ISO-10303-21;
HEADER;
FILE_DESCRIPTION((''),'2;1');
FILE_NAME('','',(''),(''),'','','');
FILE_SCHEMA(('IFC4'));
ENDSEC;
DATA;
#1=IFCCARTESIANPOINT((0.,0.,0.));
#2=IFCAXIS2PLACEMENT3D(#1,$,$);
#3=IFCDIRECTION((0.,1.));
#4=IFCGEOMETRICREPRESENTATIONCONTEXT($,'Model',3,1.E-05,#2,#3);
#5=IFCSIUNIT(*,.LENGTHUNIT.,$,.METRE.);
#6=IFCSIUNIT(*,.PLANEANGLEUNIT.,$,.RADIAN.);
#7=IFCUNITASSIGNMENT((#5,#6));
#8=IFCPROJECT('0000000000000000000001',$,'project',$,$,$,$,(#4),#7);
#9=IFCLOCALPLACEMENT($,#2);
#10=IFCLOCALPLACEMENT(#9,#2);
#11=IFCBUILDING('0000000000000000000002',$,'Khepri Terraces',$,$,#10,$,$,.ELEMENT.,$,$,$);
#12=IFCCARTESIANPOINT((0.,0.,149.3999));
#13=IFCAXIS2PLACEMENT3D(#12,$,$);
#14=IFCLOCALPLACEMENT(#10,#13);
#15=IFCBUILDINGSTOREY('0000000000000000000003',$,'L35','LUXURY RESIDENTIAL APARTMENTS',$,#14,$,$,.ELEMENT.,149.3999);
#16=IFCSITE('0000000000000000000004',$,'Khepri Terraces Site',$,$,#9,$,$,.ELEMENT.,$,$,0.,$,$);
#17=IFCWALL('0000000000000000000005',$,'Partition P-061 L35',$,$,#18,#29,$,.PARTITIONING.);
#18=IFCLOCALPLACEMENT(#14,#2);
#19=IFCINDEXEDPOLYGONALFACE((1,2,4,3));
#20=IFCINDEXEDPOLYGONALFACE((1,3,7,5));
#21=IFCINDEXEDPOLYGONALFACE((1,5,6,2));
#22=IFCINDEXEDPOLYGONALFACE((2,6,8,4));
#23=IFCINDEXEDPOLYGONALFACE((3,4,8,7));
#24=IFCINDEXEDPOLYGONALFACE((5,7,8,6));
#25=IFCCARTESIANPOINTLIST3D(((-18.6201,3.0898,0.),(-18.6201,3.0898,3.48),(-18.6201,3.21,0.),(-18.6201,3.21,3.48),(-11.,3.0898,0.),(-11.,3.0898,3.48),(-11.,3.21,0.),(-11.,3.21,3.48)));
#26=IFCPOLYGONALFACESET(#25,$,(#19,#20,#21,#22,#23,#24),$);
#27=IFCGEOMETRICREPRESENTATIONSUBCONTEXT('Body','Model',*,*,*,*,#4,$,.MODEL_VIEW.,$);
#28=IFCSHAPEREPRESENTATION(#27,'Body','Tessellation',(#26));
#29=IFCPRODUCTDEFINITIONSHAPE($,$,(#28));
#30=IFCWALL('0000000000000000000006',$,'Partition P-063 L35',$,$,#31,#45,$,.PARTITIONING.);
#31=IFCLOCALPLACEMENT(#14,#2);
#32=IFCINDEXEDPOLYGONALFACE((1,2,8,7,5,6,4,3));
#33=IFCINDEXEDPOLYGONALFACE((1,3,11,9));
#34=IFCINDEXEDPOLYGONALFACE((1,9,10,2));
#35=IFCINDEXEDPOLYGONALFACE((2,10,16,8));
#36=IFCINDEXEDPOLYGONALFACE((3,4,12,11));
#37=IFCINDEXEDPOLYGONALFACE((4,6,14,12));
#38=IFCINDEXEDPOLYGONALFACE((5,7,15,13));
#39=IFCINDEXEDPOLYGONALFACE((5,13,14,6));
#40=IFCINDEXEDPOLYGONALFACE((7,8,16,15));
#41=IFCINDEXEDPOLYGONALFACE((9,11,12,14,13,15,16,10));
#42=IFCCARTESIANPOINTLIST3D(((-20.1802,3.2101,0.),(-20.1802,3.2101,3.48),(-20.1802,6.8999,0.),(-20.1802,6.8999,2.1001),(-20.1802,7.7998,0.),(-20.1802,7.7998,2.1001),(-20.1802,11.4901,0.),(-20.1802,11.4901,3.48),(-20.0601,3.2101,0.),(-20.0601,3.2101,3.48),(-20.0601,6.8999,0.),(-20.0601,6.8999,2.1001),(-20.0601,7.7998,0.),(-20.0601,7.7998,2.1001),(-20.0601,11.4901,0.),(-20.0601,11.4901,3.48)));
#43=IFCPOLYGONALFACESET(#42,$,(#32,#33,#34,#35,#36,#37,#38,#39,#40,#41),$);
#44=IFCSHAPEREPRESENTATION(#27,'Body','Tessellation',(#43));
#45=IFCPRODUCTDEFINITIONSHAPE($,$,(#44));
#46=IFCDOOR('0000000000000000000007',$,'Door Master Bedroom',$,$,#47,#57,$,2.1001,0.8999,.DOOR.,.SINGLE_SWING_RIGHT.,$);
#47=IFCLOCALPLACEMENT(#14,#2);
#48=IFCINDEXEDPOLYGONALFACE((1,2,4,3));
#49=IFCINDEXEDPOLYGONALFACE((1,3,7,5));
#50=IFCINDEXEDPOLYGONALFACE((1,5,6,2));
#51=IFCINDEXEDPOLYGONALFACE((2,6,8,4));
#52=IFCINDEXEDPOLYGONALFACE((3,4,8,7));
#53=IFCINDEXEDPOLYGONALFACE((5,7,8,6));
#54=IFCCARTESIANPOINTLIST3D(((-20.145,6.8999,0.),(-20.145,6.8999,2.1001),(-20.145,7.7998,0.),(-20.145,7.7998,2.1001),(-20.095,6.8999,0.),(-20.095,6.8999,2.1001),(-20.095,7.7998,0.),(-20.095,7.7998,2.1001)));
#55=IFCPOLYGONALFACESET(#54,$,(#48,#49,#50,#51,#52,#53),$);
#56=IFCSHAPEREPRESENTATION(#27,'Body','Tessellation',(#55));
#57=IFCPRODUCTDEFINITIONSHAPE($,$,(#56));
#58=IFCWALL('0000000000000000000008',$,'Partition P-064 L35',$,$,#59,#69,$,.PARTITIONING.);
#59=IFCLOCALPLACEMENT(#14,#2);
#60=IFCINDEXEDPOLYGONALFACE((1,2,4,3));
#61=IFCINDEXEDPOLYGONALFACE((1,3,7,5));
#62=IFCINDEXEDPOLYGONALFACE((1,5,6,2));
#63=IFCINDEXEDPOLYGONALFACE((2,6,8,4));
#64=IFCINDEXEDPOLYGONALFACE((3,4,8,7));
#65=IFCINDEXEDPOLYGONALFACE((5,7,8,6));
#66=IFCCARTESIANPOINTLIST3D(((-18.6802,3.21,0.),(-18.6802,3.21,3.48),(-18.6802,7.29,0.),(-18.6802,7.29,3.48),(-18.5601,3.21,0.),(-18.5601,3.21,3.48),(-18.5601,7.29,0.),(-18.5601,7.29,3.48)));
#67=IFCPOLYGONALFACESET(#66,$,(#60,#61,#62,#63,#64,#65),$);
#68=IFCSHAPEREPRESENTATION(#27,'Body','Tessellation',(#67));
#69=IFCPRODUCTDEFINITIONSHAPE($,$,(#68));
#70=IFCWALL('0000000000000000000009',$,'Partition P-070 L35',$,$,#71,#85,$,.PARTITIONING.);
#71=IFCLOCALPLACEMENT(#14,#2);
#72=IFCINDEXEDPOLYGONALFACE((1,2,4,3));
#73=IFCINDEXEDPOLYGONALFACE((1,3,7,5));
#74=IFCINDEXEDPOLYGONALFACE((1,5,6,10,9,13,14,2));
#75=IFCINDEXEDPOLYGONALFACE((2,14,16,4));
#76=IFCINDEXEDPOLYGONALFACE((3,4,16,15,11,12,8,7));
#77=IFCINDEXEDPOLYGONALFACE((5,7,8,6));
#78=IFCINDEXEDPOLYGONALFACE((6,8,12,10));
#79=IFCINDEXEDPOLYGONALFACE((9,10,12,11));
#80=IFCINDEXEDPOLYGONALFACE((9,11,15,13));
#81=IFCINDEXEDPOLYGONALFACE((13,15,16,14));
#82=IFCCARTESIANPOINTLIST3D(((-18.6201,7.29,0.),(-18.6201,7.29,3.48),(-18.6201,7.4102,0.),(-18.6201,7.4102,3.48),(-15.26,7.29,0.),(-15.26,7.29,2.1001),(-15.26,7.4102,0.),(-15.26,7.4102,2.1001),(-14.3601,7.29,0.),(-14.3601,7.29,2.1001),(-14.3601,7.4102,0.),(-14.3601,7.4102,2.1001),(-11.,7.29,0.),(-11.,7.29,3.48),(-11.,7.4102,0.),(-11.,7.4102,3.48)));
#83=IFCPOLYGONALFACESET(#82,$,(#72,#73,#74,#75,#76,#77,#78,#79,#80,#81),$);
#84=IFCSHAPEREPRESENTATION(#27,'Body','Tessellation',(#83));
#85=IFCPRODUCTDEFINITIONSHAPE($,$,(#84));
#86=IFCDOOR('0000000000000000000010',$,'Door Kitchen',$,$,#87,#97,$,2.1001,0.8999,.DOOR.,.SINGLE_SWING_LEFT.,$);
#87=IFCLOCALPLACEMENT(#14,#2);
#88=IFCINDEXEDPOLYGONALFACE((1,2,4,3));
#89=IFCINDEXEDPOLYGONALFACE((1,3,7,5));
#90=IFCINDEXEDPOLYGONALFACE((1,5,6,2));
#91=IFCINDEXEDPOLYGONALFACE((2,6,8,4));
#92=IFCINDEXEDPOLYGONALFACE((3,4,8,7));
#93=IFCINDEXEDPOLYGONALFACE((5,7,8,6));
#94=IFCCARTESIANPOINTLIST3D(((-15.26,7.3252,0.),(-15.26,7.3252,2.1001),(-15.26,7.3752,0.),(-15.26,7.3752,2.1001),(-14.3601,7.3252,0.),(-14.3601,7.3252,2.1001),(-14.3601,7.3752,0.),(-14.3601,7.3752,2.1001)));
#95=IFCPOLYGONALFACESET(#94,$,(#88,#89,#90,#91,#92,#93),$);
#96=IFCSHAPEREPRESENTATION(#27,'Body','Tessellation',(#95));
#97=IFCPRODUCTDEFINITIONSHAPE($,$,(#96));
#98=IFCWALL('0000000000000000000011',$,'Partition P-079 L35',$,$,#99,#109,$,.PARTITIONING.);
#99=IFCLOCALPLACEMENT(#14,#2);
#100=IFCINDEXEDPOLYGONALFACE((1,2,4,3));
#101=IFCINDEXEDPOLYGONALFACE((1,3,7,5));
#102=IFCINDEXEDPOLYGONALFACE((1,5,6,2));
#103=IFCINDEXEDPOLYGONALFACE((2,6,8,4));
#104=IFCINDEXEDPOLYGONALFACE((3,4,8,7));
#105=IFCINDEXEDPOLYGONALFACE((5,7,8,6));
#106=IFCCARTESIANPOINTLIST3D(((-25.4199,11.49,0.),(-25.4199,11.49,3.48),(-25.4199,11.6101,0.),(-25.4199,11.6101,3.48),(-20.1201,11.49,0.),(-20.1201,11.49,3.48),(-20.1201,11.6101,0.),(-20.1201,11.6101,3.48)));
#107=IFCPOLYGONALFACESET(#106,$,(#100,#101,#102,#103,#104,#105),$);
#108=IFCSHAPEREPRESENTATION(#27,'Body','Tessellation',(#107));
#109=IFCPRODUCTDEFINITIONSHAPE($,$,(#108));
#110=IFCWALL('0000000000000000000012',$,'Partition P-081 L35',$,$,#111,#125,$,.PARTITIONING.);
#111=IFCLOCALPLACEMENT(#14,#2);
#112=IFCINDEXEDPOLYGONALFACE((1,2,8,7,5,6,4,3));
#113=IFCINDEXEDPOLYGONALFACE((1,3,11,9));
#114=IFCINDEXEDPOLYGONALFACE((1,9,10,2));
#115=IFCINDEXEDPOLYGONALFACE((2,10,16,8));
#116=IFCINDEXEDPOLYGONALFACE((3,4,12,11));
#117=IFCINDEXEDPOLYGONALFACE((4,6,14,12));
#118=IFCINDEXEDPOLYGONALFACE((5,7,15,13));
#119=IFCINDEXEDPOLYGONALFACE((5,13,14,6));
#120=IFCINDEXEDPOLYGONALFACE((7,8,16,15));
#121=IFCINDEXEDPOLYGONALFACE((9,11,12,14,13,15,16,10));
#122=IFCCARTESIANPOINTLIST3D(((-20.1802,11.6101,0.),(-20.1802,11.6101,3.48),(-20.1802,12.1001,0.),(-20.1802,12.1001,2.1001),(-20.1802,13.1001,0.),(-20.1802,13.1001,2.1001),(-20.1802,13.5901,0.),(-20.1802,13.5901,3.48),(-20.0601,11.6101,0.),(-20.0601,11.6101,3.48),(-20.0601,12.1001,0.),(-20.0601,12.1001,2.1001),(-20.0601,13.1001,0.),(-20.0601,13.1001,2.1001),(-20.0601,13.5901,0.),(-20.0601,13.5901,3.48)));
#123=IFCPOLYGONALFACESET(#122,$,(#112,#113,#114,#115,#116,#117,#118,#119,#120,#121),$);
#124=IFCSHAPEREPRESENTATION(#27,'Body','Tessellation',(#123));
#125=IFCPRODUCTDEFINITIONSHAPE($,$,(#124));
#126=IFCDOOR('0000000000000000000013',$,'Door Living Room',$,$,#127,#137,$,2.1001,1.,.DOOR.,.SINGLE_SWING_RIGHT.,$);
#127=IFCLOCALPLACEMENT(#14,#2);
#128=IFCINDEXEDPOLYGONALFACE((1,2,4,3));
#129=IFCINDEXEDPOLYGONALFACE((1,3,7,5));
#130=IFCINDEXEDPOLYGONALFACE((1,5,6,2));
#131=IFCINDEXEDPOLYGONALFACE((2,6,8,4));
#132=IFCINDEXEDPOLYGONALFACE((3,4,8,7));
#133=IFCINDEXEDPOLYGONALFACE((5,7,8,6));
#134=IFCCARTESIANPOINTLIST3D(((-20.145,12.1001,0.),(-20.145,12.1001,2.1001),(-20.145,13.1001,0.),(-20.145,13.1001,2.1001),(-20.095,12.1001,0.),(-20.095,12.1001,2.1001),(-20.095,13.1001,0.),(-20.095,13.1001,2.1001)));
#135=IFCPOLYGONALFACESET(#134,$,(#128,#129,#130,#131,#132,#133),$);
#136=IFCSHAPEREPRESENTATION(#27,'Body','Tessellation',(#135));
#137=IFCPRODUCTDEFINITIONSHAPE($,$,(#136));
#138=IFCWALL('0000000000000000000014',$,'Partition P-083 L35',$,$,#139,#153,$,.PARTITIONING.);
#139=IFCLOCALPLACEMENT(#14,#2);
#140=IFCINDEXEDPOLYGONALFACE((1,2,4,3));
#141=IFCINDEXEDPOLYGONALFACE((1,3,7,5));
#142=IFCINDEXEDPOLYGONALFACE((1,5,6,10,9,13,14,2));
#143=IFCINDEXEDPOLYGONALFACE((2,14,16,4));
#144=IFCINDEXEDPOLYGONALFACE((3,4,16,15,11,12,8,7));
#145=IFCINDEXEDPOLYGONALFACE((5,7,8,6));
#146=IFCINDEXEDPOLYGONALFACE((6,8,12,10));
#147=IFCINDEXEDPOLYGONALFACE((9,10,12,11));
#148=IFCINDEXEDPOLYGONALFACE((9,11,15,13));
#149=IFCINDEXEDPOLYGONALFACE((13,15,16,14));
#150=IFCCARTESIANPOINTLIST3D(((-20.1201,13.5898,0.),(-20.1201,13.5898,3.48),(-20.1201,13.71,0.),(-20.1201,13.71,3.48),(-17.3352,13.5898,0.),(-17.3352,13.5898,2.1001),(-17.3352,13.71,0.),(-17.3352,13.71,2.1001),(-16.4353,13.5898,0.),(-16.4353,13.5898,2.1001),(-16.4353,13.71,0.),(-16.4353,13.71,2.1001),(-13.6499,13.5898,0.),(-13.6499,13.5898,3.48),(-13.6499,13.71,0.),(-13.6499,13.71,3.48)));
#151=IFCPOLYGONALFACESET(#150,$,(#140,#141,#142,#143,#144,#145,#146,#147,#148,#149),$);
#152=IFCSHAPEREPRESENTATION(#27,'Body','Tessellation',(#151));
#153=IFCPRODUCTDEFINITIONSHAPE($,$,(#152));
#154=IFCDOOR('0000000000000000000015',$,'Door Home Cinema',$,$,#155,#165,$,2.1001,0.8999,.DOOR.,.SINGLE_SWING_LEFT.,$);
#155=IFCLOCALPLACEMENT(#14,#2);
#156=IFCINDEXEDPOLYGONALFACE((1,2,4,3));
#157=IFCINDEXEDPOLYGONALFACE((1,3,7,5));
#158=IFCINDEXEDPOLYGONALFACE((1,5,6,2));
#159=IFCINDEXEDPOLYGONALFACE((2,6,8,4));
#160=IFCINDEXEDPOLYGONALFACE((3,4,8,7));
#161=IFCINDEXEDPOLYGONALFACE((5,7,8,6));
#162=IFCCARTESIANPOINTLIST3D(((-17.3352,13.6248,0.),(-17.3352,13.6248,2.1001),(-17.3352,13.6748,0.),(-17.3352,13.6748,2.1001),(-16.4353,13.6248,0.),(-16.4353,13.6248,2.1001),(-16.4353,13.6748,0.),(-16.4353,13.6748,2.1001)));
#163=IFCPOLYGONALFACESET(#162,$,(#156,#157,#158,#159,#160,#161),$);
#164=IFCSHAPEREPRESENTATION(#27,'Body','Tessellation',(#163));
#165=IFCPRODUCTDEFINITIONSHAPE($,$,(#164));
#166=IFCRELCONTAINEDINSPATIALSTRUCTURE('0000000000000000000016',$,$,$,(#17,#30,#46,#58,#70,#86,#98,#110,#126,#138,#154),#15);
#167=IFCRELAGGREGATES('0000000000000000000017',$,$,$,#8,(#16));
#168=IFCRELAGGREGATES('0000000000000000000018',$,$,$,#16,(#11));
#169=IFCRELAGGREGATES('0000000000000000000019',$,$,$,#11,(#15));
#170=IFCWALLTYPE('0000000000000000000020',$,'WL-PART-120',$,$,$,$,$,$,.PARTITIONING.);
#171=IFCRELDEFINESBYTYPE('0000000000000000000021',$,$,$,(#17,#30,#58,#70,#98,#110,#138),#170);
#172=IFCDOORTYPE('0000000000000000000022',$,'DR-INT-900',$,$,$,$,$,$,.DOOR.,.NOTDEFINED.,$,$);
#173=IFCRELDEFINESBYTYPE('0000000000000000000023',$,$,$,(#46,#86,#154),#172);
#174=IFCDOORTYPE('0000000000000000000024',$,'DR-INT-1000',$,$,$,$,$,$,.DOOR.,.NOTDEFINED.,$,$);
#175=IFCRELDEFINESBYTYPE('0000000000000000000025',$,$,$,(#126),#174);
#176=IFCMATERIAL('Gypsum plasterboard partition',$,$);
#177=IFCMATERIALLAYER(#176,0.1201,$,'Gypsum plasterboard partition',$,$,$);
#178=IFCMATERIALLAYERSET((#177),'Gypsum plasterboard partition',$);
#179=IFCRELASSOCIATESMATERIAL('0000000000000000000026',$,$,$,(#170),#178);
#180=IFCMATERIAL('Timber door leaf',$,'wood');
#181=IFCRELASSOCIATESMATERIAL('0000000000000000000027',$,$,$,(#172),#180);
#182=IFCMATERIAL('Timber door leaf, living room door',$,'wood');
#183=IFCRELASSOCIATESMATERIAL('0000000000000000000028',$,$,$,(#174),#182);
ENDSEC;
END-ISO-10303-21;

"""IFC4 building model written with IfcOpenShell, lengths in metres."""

from ifc_helpers import new_model, si_unit, direction, frame, frame_2d, origin, place, context, subcontext, project, spatial, rectangle, extrude, material, layer, layer_set, type_object, element, fill, save


model = new_model("IFC4")

# Units and contexts
model_context = context("Model", 3, precision=1e-05, world=origin(), true_north=direction((0.0, 1.0)))
body_context = subcontext(model_context, "Body", "Model", "MODEL_VIEW")
ifc_project = project(units=[si_unit("LENGTHUNIT", "METRE"), si_unit("PLANEANGLEUNIT", "RADIAN")], contexts=[model_context])

# Site, building, storey
site_placement = place(None, origin())
site = spatial("IfcSite", under=ifc_project, at=site_placement, Name="Khepri Terraces Site", CompositionType="ELEMENT", RefElevation=0.0)
building_placement = place(site_placement, origin())
building = spatial("IfcBuilding", under=site, at=building_placement, Name="Khepri Terraces", CompositionType="ELEMENT")
storey_placement = place(building_placement, frame((0.0, 0.0, 149.3999)))
storey = spatial("IfcBuildingStorey", under=building, at=storey_placement, Name="L35", Description="LUXURY RESIDENTIAL APARTMENTS", CompositionType="ELEMENT", Elevation=149.3999)

# Shared definitions
ifc_material_1 = material(Name="Gypsum plasterboard partition")
ifc_layer_1 = layer(ifc_material_1, 0.1201, Name="Gypsum plasterboard partition")
ifc_layer_set_1 = layer_set([ifc_layer_1], Name="Gypsum plasterboard partition")
wall_type_1 = type_object("IfcWallType", Name="WL-PART-120", PredefinedType="PARTITIONING", material=ifc_layer_set_1)

# Shared definitions
ifc_material_2 = material(Name="Timber door leaf", Category="wood")
door_type_1 = type_object("IfcDoorType", Name="DR-INT-900", OperationType="NOTDEFINED", PredefinedType="DOOR", material=ifc_material_2)

# Wall
wall_1_placement = place(storey_placement, frame((-18.6201, 3.1499, 0.0), z_axis=(0.0, 0.0, 1.0), x_axis=(1.0, 0.0, 0.0)))
element("IfcWall", 1, at=wall_1_placement, inside=storey, type_object=wall_type_1, Name="Partition P-061 L35", PredefinedType="PARTITIONING", context=body_context, shape_type="SweptSolid", body=[
    extrude(rectangle(XDim=7.6201, YDim=0.1201, at=frame_2d((3.8101, 0.0))), origin(), (0.0, 0.0, 1.0), 3.48),
])

# Wall, opening, door
wall_2_placement = place(storey_placement, frame((-20.1201, 3.21, 0.0), z_axis=(0.0, 0.0, 1.0), x_axis=(0.0, 1.0, 0.0)))
wall_2 = element("IfcWall", 2, at=wall_2_placement, inside=storey, type_object=wall_type_1, Name="Partition P-063 L35", PredefinedType="PARTITIONING", context=body_context, shape_type="SweptSolid", body=[
    extrude(rectangle(XDim=8.28, YDim=0.1201, at=frame_2d((4.1401, 0.0))), origin(), (0.0, 0.0, 1.0), 3.48),
])
opening_1_placement = place(wall_2_placement, frame((3.6899, 0.0, 0.0)))
opening_1 = element("IfcOpeningElement", 3, at=opening_1_placement, cuts=wall_2, PredefinedType="OPENING", context=body_context, shape_type="SweptSolid", body=[
    extrude(rectangle(XDim=0.8999, YDim=2.1001, at=frame_2d((0.45, 1.05))), frame((0.0, 0.0701, 0.0), z_axis=(0.0, -1.0, 0.0), x_axis=(1.0, 0.0, 0.0)), (0.0, 0.0, 1.0), 0.1401),
])
door_1_placement = place(opening_1_placement, origin())
door_1 = element("IfcDoor", 4, at=door_1_placement, inside=storey, type_object=door_type_1, Name="Door Master Bedroom", OperationType="SINGLE_SWING_RIGHT", OverallHeight=2.1001, OverallWidth=0.8999, PredefinedType="DOOR", context=body_context, shape_type="SweptSolid", body=[
    extrude(rectangle(XDim=0.8999, YDim=2.1001, at=frame_2d((0.45, 1.05))), frame((0.0, 0.0249, 0.0), z_axis=(0.0, -1.0, 0.0), x_axis=(1.0, 0.0, 0.0)), (0.0, 0.0, 1.0), 0.05),
])
fill(opening_1, door_1)

# Wall
wall_3_placement = place(storey_placement, frame((-18.6201, 3.21, 0.0), z_axis=(0.0, 0.0, 1.0), x_axis=(0.0, 1.0, 0.0)))
element("IfcWall", 5, at=wall_3_placement, inside=storey, type_object=wall_type_1, Name="Partition P-064 L35", PredefinedType="PARTITIONING", context=body_context, shape_type="SweptSolid", body=[
    extrude(rectangle(XDim=4.0801, YDim=0.1201, at=frame_2d((2.04, 0.0))), origin(), (0.0, 0.0, 1.0), 3.48),
])

# Wall, opening, door
wall_4_placement = place(storey_placement, frame((-18.6201, 7.3501, 0.0), z_axis=(0.0, 0.0, 1.0), x_axis=(1.0, 0.0, 0.0)))
wall_4 = element("IfcWall", 6, at=wall_4_placement, inside=storey, type_object=wall_type_1, Name="Partition P-070 L35", PredefinedType="PARTITIONING", context=body_context, shape_type="SweptSolid", body=[
    extrude(rectangle(XDim=7.6201, YDim=0.1201, at=frame_2d((3.8101, 0.0))), origin(), (0.0, 0.0, 1.0), 3.48),
])
opening_2_placement = place(wall_4_placement, frame((3.3601, 0.0, 0.0)))
opening_2 = element("IfcOpeningElement", 7, at=opening_2_placement, cuts=wall_4, PredefinedType="OPENING", context=body_context, shape_type="SweptSolid", body=[
    extrude(rectangle(XDim=0.8999, YDim=2.1001, at=frame_2d((0.45, 1.05))), frame((0.0, 0.0701, 0.0), z_axis=(0.0, -1.0, 0.0), x_axis=(1.0, 0.0, 0.0)), (0.0, 0.0, 1.0), 0.1401),
])
door_2_placement = place(opening_2_placement, frame((0.8999, 0.0, 0.0), z_axis=(0.0, 0.0, 1.0), x_axis=(-1.0, 0.0, 0.0)))
door_2 = element("IfcDoor", 8, at=door_2_placement, inside=storey, type_object=door_type_1, Name="Door Kitchen", OperationType="SINGLE_SWING_LEFT", OverallHeight=2.1001, OverallWidth=0.8999, PredefinedType="DOOR", context=body_context, shape_type="SweptSolid", body=[
    extrude(rectangle(XDim=0.8999, YDim=2.1001, at=frame_2d((0.45, 1.05))), frame((0.0, 0.0249, 0.0), z_axis=(0.0, -1.0, 0.0), x_axis=(1.0, 0.0, 0.0)), (0.0, 0.0, 1.0), 0.05),
])
fill(opening_2, door_2)

# Wall
wall_5_placement = place(storey_placement, frame((-25.4199, 11.55, 0.0), z_axis=(0.0, 0.0, 1.0), x_axis=(1.0, 0.0, 0.0)))
element("IfcWall", 9, at=wall_5_placement, inside=storey, type_object=wall_type_1, Name="Partition P-079 L35", PredefinedType="PARTITIONING", context=body_context, shape_type="SweptSolid", body=[
    extrude(rectangle(XDim=5.2998, YDim=0.1201, at=frame_2d((2.6499, 0.0))), origin(), (0.0, 0.0, 1.0), 3.48),
])

# Walls, openings, doors
wall_6_placement = place(storey_placement, frame((-20.1201, 11.6101, 0.0), z_axis=(0.0, 0.0, 1.0), x_axis=(0.0, 1.0, 0.0)))
wall_6 = element("IfcWall", 10, at=wall_6_placement, inside=storey, type_object=wall_type_1, Name="Partition P-081 L35", PredefinedType="PARTITIONING", context=body_context, shape_type="SweptSolid", body=[
    extrude(rectangle(XDim=1.98, YDim=0.1201, at=frame_2d((0.99, 0.0))), origin(), (0.0, 0.0, 1.0), 3.48),
])
opening_3_placement = place(wall_6_placement, frame((0.49, 0.0, 0.0)))
opening_3 = element("IfcOpeningElement", 11, at=opening_3_placement, cuts=wall_6, PredefinedType="OPENING", context=body_context, shape_type="SweptSolid", body=[
    extrude(rectangle(XDim=1.0, YDim=2.1001, at=frame_2d((0.5, 1.05))), frame((0.0, 0.0701, 0.0), z_axis=(0.0, -1.0, 0.0), x_axis=(1.0, 0.0, 0.0)), (0.0, 0.0, 1.0), 0.1401),
])
ifc_material_3 = material(Name="Timber door leaf, living room door", Category="wood")
door_type_2 = type_object("IfcDoorType", Name="DR-INT-1000", OperationType="NOTDEFINED", PredefinedType="DOOR", material=ifc_material_3)
door_3_placement = place(opening_3_placement, origin())
door_3 = element("IfcDoor", 12, at=door_3_placement, inside=storey, type_object=door_type_2, Name="Door Living Room", OperationType="SINGLE_SWING_RIGHT", OverallHeight=2.1001, OverallWidth=1.0, PredefinedType="DOOR", context=body_context, shape_type="SweptSolid", body=[
    extrude(rectangle(XDim=1.0, YDim=2.1001, at=frame_2d((0.5, 1.05))), frame((0.0, 0.0249, 0.0), z_axis=(0.0, -1.0, 0.0), x_axis=(1.0, 0.0, 0.0)), (0.0, 0.0, 1.0), 0.05),
])
fill(opening_3, door_3)
wall_7_placement = place(storey_placement, frame((-20.1201, 13.6499, 0.0), z_axis=(0.0, 0.0, 1.0), x_axis=(1.0, 0.0, 0.0)))
wall_7 = element("IfcWall", 13, at=wall_7_placement, inside=storey, type_object=wall_type_1, Name="Partition P-083 L35", PredefinedType="PARTITIONING", context=body_context, shape_type="SweptSolid", body=[
    extrude(rectangle(XDim=6.4702, YDim=0.1201, at=frame_2d((3.2351, 0.0))), origin(), (0.0, 0.0, 1.0), 3.48),
])
opening_4_placement = place(wall_7_placement, frame((2.7849, 0.0, 0.0)))
opening_4 = element("IfcOpeningElement", 14, at=opening_4_placement, cuts=wall_7, PredefinedType="OPENING", context=body_context, shape_type="SweptSolid", body=[
    extrude(rectangle(XDim=0.8999, YDim=2.1001, at=frame_2d((0.45, 1.05))), frame((0.0, 0.0701, 0.0), z_axis=(0.0, -1.0, 0.0), x_axis=(1.0, 0.0, 0.0)), (0.0, 0.0, 1.0), 0.1401),
])
door_4_placement = place(opening_4_placement, origin())
door_4 = element("IfcDoor", 15, at=door_4_placement, inside=storey, type_object=door_type_1, Name="Door Home Cinema", OperationType="SINGLE_SWING_LEFT", OverallHeight=2.1001, OverallWidth=0.8999, PredefinedType="DOOR", context=body_context, shape_type="SweptSolid", body=[
    extrude(rectangle(XDim=0.8999, YDim=2.1001, at=frame_2d((0.45, 1.05))), frame((0.0, 0.0249, 0.0), z_axis=(0.0, -1.0, 0.0), x_axis=(1.0, 0.0, 0.0)), (0.0, 0.0, 1.0), 0.05),
])
fill(opening_4, door_4)

save(model, "model.ifc")
